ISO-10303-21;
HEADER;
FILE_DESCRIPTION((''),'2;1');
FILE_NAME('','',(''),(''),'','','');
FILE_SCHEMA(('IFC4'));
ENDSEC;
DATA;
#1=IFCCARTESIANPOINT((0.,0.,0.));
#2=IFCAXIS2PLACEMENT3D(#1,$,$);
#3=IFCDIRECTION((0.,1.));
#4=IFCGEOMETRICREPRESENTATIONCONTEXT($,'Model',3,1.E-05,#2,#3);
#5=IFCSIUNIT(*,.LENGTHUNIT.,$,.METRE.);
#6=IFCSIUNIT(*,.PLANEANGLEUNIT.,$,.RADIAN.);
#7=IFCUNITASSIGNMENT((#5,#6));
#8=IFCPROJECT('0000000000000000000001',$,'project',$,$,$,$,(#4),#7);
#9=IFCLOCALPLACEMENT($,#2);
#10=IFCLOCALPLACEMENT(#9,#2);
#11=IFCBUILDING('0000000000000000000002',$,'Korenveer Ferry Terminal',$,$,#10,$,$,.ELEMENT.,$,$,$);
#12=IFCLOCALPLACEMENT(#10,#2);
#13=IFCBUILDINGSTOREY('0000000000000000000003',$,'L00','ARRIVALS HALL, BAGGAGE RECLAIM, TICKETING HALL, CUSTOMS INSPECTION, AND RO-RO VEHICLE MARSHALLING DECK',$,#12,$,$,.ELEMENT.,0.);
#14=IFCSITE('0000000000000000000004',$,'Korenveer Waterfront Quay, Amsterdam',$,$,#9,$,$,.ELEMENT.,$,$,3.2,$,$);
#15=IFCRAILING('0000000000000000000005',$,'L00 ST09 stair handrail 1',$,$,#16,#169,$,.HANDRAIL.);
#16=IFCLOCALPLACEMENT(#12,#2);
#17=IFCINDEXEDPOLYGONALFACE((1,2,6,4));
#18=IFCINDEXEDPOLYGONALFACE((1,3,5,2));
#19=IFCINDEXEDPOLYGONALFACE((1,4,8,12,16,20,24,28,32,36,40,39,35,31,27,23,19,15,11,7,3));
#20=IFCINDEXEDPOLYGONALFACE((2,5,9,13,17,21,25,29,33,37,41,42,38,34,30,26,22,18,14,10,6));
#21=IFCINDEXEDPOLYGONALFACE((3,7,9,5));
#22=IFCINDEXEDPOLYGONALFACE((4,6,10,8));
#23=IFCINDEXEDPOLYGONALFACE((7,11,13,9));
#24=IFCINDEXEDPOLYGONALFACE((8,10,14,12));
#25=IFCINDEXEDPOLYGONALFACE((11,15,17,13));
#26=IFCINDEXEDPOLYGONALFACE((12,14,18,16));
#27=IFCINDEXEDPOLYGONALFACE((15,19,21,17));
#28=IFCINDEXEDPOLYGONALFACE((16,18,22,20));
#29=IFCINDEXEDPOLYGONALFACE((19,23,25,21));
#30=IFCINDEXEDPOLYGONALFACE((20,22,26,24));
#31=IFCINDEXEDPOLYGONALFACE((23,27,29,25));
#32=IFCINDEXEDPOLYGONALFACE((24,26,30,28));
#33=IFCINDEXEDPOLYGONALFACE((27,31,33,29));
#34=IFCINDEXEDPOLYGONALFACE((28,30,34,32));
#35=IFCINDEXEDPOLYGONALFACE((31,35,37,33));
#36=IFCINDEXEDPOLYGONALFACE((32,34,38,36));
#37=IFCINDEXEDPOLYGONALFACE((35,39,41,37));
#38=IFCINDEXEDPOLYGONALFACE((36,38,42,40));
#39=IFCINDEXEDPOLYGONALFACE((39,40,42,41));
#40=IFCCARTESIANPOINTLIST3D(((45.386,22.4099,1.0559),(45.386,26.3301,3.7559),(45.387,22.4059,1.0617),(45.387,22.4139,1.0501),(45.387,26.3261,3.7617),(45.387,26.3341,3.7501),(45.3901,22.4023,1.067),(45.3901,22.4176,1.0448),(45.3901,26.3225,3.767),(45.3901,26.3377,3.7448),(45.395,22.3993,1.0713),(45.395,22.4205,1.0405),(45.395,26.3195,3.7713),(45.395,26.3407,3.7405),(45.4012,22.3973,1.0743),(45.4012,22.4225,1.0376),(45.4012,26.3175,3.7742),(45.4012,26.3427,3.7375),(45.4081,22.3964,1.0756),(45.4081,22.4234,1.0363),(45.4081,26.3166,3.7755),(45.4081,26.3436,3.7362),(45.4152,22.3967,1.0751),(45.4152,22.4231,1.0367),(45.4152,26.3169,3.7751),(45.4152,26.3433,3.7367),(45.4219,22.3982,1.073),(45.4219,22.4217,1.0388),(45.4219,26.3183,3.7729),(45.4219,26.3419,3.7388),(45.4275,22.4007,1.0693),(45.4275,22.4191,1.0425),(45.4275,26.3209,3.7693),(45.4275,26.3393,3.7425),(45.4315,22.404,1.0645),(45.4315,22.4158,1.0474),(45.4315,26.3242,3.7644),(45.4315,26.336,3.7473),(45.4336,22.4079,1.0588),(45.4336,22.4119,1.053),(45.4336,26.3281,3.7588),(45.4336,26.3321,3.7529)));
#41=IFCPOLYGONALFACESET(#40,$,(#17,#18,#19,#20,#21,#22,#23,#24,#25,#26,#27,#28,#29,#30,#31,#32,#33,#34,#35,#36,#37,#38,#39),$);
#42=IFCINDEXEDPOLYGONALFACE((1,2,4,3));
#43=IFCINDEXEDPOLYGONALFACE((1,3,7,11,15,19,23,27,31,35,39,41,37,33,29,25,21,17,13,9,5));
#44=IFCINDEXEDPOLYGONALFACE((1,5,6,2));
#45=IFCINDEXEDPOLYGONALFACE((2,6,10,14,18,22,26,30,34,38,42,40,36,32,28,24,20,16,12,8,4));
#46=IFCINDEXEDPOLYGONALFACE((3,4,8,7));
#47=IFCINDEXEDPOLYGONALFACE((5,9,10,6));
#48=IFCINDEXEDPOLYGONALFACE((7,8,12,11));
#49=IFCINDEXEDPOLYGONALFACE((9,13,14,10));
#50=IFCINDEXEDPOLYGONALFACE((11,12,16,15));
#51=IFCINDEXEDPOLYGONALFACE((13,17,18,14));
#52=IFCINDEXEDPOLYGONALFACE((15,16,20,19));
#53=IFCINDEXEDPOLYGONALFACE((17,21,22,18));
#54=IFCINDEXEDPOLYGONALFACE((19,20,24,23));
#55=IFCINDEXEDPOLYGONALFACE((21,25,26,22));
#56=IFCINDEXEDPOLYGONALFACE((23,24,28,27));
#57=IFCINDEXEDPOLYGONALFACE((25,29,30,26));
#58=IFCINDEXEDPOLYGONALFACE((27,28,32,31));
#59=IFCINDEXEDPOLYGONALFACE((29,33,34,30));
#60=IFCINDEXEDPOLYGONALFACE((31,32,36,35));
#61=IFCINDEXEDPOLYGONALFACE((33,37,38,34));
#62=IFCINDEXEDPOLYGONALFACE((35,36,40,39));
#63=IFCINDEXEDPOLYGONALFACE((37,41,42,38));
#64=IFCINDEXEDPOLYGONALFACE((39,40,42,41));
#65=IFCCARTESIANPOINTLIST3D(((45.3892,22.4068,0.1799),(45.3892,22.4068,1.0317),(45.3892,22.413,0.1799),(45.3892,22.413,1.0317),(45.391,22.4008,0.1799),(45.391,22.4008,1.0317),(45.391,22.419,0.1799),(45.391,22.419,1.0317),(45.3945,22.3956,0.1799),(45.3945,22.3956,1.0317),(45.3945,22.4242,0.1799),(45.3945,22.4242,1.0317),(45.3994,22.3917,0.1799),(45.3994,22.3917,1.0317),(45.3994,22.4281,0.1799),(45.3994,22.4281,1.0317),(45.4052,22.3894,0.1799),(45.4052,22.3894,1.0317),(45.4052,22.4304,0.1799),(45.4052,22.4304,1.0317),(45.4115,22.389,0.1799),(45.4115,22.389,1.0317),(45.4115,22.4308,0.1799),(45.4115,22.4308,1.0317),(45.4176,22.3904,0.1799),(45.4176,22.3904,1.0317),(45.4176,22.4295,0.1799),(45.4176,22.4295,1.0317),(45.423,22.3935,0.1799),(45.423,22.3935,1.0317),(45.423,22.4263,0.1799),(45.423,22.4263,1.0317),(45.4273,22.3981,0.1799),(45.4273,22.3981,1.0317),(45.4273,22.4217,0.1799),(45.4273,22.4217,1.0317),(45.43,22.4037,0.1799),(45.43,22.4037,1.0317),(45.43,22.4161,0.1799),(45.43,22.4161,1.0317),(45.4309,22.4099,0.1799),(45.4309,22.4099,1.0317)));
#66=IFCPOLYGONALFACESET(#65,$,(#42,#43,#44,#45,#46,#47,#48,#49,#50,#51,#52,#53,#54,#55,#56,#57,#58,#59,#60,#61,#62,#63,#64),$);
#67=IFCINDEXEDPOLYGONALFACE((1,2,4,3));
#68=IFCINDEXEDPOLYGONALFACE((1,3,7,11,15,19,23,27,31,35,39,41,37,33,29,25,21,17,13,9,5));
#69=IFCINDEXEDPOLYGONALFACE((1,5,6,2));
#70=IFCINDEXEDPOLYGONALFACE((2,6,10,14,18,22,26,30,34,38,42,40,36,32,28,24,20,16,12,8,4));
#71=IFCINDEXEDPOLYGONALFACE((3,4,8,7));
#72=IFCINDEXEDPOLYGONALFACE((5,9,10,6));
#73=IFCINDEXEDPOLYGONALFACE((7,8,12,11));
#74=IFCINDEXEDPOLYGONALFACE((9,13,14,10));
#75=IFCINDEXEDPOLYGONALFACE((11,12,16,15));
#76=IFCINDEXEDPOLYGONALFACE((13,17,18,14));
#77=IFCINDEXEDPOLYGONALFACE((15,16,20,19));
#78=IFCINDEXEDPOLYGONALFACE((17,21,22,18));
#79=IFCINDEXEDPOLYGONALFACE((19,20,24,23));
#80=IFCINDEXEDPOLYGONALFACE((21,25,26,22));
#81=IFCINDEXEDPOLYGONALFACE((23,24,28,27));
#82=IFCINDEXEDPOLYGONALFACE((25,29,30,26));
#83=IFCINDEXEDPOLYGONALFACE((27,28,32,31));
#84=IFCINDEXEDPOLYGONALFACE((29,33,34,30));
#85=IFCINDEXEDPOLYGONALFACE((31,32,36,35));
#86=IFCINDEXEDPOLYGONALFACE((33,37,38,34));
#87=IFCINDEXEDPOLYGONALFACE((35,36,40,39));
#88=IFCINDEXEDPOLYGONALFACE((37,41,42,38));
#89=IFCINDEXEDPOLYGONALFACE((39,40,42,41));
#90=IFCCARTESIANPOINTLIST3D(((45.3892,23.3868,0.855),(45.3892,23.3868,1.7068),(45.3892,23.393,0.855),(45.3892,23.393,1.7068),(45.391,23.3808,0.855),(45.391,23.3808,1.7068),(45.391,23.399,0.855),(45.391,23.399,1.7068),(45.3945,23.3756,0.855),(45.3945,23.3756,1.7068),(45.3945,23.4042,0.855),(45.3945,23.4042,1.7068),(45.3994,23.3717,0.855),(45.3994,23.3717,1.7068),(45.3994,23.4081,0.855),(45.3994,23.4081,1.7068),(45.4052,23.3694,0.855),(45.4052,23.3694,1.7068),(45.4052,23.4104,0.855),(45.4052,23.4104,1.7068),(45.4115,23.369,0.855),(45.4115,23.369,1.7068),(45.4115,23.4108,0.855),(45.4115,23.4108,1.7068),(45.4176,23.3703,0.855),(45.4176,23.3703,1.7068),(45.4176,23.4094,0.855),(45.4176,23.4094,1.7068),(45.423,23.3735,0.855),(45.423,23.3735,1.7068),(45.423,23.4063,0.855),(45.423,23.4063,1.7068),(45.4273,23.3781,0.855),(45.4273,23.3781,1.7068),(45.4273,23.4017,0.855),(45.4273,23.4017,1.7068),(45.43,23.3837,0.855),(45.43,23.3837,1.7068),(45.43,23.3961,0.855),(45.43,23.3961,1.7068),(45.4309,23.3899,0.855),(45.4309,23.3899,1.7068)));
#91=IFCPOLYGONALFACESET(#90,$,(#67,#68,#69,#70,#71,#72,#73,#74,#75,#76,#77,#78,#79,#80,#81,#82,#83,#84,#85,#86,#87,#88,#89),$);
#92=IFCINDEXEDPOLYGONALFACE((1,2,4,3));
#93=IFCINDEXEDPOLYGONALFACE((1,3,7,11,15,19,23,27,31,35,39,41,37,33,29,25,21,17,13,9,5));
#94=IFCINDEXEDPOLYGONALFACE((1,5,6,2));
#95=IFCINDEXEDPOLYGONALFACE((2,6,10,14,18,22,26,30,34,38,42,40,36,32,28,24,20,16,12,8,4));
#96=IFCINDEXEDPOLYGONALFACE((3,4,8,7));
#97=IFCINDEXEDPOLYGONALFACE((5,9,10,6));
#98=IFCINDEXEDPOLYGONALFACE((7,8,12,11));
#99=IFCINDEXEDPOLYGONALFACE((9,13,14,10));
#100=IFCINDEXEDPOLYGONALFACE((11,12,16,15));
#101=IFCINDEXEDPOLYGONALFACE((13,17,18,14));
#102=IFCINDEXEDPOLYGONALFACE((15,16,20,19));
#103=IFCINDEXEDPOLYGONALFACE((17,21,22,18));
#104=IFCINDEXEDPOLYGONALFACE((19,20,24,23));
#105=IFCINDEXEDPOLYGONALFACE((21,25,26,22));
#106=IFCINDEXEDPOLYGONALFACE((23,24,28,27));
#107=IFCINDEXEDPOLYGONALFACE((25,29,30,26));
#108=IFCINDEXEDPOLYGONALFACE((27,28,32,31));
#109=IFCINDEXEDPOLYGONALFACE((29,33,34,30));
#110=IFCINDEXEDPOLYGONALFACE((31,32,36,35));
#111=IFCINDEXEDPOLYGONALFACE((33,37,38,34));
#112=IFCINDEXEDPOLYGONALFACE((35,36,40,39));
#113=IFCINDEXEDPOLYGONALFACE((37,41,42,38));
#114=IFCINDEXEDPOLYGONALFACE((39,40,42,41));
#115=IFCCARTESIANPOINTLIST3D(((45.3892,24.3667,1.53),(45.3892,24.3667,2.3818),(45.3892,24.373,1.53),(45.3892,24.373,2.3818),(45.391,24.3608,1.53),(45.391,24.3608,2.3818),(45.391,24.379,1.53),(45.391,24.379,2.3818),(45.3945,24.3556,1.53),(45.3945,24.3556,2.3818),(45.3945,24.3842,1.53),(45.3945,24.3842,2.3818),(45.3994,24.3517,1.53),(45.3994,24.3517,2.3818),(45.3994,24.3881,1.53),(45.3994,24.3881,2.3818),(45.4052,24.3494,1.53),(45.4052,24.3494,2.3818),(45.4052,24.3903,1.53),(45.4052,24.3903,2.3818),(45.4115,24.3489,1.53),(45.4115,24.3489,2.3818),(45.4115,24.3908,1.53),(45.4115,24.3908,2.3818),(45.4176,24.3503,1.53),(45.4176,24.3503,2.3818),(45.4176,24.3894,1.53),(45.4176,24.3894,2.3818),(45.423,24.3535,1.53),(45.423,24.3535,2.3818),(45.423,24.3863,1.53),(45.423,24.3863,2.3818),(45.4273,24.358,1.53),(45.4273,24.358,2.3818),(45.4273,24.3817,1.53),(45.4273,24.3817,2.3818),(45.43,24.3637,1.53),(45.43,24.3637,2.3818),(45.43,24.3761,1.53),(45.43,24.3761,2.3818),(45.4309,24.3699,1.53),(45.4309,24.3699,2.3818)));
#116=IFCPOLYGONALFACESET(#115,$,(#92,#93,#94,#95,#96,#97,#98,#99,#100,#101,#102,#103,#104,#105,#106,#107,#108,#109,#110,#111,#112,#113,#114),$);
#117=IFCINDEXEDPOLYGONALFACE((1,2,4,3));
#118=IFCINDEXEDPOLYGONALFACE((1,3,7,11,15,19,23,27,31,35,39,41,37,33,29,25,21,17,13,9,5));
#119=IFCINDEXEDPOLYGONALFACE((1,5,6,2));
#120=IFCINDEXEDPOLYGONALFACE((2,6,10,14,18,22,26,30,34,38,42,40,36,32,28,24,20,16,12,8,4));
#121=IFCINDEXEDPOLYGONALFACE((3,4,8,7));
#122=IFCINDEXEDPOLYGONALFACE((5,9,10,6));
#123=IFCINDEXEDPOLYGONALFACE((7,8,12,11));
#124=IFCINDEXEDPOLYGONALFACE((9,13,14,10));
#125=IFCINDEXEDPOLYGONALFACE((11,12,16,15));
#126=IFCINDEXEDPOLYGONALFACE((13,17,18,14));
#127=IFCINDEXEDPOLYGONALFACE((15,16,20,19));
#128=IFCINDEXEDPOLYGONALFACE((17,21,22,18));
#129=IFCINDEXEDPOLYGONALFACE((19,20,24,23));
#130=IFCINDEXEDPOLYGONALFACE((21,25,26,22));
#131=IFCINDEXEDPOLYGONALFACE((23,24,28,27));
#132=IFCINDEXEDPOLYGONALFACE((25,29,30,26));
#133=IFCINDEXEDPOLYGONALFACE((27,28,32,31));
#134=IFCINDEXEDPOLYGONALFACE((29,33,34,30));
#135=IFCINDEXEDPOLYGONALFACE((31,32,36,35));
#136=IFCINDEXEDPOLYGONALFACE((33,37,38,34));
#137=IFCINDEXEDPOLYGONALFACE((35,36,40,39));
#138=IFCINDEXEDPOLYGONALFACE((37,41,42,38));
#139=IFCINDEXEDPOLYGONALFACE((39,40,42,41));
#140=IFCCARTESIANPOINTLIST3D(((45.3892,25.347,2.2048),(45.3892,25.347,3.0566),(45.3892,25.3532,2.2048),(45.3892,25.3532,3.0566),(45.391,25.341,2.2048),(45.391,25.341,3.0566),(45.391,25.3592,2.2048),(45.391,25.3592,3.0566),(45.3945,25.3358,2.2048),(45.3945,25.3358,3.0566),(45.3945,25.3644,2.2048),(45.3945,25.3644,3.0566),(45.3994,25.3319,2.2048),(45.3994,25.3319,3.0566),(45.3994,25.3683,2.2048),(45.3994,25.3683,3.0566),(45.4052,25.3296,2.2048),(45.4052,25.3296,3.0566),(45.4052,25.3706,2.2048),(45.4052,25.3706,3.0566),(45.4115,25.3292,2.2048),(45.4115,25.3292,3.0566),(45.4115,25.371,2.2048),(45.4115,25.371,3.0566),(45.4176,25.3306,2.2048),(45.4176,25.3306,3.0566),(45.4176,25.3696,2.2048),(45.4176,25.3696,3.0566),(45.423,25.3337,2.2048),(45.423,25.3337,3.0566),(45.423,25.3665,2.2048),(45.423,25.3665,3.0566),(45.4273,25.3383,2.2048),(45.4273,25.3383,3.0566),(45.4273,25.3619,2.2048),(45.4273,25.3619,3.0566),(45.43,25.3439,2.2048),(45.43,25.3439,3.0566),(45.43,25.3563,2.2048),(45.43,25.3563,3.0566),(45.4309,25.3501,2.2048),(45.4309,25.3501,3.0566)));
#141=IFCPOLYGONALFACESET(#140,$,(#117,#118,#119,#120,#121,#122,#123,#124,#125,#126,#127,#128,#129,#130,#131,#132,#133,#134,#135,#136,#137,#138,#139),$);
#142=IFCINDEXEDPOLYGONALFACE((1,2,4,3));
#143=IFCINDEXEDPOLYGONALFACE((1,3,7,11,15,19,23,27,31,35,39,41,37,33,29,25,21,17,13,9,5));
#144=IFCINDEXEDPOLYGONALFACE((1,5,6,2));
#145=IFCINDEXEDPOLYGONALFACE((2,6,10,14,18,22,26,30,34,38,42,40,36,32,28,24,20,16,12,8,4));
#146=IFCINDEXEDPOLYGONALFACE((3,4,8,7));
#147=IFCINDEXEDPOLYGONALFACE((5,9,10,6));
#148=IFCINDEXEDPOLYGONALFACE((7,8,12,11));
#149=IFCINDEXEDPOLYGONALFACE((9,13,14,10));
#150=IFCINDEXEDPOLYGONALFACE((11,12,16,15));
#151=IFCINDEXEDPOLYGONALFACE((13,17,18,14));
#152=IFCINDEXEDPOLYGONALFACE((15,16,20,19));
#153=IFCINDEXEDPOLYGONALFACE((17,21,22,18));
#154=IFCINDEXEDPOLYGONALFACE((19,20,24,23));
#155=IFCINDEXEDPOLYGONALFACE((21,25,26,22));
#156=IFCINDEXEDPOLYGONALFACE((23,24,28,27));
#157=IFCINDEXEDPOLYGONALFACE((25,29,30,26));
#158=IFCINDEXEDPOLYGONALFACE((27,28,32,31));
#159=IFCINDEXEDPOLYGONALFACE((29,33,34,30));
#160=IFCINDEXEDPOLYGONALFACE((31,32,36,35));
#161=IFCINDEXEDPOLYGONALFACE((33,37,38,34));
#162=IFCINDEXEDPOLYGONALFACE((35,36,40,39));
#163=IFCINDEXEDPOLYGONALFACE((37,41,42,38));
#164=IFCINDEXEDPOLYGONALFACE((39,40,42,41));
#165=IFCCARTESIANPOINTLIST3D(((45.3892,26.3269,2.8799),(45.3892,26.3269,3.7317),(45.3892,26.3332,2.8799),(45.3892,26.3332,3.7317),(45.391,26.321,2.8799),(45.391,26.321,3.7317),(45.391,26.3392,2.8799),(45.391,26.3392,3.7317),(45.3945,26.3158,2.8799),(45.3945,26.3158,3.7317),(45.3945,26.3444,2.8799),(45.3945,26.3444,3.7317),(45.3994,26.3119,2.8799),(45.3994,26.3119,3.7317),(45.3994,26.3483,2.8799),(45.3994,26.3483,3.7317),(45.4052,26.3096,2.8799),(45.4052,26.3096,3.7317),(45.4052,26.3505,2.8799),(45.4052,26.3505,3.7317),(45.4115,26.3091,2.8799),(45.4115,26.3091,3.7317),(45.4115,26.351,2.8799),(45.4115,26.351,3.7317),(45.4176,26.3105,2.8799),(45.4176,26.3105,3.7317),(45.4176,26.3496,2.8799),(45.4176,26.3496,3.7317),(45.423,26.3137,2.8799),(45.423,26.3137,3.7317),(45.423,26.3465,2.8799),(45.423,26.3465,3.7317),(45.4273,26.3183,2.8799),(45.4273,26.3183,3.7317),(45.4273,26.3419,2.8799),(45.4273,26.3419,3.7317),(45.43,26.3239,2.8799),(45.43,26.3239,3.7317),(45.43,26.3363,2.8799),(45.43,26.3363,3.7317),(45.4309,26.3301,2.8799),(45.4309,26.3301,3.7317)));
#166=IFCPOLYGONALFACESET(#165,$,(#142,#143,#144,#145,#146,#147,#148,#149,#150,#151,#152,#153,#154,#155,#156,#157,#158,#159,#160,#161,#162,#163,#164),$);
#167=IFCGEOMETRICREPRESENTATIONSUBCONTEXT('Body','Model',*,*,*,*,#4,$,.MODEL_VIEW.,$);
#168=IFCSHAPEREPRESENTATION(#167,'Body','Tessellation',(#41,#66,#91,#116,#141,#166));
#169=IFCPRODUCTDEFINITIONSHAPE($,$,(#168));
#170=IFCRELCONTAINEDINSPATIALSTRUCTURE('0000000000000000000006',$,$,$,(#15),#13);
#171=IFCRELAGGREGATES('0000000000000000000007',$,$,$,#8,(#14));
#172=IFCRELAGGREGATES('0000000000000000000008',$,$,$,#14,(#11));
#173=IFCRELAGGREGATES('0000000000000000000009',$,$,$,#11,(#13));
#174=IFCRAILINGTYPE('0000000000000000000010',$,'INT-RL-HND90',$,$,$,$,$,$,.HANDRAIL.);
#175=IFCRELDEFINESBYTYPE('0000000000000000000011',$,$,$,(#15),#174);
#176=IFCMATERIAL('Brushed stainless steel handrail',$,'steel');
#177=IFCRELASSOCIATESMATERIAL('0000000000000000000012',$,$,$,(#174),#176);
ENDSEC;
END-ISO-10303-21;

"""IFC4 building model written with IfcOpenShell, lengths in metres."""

from ifc_helpers import new_model, si_unit, direction, frame, origin, origin_2d, place, context, subcontext, project, spatial, circle, extrude, material, type_object, element, save


model = new_model("IFC4")

# Units and contexts
model_context = context("Model", 3, precision=1e-05, world=origin(), true_north=direction((0.0, 1.0)))
body_context = subcontext(model_context, "Body", "Model", "MODEL_VIEW")
ifc_project = project(units=[si_unit("LENGTHUNIT", "METRE"), si_unit("PLANEANGLEUNIT", "RADIAN")], contexts=[model_context])

# Site, building, storey
site_placement = place(None, origin())
site = spatial("IfcSite", under=ifc_project, at=site_placement, Name="Korenveer Waterfront Quay, Amsterdam", CompositionType="ELEMENT", RefElevation=3.2)
building_placement = place(site_placement, origin())
building = spatial("IfcBuilding", under=site, at=building_placement, Name="Korenveer Ferry Terminal", CompositionType="ELEMENT")
storey_placement = place(building_placement, origin())
storey = spatial("IfcBuildingStorey", under=building, at=storey_placement, Name="L00", Description="ARRIVALS HALL, BAGGAGE RECLAIM, TICKETING HALL, CUSTOMS INSPECTION, AND RO-RO VEHICLE MARSHALLING DECK", CompositionType="ELEMENT", Elevation=0.0)

# Railing
ifc_material_1 = material(Name="Brushed stainless steel handrail", Category="steel")
railing_type_1 = type_object("IfcRailingType", Name="INT-RL-HND90", PredefinedType="HANDRAIL", material=ifc_material_1)
railing_1_placement = place(storey_placement, frame((45.4099, 22.4099, 0.1799)))
element("IfcRailing", 1, at=railing_1_placement, inside=storey, type_object=railing_type_1, Name="L00 ST09 stair handrail 1", PredefinedType="HANDRAIL", context=body_context, shape_type="SweptSolid", body=[
    extrude(circle(Radius=0.0239, at=origin_2d()), frame((0.0, 0.0, 0.876), z_axis=(0.0, 0.823567, 0.567219), x_axis=(-1.0, 0.0, 0.0)), (0.0, 0.0, 1.0), 4.76),
    extrude(circle(Radius=0.021, at=origin_2d()), origin(), (0.0, 0.0, 1.0), 0.8518),
    extrude(circle(Radius=0.021, at=origin_2d()), frame((0.0, 0.98, 0.675)), (0.0, 0.0, 1.0), 0.8518),
    extrude(circle(Radius=0.021, at=origin_2d()), frame((0.0, 1.96, 1.3501)), (0.0, 0.0, 1.0), 0.8518),
    extrude(circle(Radius=0.021, at=origin_2d()), frame((0.0, 2.9402, 2.0249)), (0.0, 0.0, 1.0), 0.8518),
    extrude(circle(Radius=0.021, at=origin_2d()), frame((0.0, 3.9202, 2.7)), (0.0, 0.0, 1.0), 0.8518),
])

save(model, "model.ifc")
